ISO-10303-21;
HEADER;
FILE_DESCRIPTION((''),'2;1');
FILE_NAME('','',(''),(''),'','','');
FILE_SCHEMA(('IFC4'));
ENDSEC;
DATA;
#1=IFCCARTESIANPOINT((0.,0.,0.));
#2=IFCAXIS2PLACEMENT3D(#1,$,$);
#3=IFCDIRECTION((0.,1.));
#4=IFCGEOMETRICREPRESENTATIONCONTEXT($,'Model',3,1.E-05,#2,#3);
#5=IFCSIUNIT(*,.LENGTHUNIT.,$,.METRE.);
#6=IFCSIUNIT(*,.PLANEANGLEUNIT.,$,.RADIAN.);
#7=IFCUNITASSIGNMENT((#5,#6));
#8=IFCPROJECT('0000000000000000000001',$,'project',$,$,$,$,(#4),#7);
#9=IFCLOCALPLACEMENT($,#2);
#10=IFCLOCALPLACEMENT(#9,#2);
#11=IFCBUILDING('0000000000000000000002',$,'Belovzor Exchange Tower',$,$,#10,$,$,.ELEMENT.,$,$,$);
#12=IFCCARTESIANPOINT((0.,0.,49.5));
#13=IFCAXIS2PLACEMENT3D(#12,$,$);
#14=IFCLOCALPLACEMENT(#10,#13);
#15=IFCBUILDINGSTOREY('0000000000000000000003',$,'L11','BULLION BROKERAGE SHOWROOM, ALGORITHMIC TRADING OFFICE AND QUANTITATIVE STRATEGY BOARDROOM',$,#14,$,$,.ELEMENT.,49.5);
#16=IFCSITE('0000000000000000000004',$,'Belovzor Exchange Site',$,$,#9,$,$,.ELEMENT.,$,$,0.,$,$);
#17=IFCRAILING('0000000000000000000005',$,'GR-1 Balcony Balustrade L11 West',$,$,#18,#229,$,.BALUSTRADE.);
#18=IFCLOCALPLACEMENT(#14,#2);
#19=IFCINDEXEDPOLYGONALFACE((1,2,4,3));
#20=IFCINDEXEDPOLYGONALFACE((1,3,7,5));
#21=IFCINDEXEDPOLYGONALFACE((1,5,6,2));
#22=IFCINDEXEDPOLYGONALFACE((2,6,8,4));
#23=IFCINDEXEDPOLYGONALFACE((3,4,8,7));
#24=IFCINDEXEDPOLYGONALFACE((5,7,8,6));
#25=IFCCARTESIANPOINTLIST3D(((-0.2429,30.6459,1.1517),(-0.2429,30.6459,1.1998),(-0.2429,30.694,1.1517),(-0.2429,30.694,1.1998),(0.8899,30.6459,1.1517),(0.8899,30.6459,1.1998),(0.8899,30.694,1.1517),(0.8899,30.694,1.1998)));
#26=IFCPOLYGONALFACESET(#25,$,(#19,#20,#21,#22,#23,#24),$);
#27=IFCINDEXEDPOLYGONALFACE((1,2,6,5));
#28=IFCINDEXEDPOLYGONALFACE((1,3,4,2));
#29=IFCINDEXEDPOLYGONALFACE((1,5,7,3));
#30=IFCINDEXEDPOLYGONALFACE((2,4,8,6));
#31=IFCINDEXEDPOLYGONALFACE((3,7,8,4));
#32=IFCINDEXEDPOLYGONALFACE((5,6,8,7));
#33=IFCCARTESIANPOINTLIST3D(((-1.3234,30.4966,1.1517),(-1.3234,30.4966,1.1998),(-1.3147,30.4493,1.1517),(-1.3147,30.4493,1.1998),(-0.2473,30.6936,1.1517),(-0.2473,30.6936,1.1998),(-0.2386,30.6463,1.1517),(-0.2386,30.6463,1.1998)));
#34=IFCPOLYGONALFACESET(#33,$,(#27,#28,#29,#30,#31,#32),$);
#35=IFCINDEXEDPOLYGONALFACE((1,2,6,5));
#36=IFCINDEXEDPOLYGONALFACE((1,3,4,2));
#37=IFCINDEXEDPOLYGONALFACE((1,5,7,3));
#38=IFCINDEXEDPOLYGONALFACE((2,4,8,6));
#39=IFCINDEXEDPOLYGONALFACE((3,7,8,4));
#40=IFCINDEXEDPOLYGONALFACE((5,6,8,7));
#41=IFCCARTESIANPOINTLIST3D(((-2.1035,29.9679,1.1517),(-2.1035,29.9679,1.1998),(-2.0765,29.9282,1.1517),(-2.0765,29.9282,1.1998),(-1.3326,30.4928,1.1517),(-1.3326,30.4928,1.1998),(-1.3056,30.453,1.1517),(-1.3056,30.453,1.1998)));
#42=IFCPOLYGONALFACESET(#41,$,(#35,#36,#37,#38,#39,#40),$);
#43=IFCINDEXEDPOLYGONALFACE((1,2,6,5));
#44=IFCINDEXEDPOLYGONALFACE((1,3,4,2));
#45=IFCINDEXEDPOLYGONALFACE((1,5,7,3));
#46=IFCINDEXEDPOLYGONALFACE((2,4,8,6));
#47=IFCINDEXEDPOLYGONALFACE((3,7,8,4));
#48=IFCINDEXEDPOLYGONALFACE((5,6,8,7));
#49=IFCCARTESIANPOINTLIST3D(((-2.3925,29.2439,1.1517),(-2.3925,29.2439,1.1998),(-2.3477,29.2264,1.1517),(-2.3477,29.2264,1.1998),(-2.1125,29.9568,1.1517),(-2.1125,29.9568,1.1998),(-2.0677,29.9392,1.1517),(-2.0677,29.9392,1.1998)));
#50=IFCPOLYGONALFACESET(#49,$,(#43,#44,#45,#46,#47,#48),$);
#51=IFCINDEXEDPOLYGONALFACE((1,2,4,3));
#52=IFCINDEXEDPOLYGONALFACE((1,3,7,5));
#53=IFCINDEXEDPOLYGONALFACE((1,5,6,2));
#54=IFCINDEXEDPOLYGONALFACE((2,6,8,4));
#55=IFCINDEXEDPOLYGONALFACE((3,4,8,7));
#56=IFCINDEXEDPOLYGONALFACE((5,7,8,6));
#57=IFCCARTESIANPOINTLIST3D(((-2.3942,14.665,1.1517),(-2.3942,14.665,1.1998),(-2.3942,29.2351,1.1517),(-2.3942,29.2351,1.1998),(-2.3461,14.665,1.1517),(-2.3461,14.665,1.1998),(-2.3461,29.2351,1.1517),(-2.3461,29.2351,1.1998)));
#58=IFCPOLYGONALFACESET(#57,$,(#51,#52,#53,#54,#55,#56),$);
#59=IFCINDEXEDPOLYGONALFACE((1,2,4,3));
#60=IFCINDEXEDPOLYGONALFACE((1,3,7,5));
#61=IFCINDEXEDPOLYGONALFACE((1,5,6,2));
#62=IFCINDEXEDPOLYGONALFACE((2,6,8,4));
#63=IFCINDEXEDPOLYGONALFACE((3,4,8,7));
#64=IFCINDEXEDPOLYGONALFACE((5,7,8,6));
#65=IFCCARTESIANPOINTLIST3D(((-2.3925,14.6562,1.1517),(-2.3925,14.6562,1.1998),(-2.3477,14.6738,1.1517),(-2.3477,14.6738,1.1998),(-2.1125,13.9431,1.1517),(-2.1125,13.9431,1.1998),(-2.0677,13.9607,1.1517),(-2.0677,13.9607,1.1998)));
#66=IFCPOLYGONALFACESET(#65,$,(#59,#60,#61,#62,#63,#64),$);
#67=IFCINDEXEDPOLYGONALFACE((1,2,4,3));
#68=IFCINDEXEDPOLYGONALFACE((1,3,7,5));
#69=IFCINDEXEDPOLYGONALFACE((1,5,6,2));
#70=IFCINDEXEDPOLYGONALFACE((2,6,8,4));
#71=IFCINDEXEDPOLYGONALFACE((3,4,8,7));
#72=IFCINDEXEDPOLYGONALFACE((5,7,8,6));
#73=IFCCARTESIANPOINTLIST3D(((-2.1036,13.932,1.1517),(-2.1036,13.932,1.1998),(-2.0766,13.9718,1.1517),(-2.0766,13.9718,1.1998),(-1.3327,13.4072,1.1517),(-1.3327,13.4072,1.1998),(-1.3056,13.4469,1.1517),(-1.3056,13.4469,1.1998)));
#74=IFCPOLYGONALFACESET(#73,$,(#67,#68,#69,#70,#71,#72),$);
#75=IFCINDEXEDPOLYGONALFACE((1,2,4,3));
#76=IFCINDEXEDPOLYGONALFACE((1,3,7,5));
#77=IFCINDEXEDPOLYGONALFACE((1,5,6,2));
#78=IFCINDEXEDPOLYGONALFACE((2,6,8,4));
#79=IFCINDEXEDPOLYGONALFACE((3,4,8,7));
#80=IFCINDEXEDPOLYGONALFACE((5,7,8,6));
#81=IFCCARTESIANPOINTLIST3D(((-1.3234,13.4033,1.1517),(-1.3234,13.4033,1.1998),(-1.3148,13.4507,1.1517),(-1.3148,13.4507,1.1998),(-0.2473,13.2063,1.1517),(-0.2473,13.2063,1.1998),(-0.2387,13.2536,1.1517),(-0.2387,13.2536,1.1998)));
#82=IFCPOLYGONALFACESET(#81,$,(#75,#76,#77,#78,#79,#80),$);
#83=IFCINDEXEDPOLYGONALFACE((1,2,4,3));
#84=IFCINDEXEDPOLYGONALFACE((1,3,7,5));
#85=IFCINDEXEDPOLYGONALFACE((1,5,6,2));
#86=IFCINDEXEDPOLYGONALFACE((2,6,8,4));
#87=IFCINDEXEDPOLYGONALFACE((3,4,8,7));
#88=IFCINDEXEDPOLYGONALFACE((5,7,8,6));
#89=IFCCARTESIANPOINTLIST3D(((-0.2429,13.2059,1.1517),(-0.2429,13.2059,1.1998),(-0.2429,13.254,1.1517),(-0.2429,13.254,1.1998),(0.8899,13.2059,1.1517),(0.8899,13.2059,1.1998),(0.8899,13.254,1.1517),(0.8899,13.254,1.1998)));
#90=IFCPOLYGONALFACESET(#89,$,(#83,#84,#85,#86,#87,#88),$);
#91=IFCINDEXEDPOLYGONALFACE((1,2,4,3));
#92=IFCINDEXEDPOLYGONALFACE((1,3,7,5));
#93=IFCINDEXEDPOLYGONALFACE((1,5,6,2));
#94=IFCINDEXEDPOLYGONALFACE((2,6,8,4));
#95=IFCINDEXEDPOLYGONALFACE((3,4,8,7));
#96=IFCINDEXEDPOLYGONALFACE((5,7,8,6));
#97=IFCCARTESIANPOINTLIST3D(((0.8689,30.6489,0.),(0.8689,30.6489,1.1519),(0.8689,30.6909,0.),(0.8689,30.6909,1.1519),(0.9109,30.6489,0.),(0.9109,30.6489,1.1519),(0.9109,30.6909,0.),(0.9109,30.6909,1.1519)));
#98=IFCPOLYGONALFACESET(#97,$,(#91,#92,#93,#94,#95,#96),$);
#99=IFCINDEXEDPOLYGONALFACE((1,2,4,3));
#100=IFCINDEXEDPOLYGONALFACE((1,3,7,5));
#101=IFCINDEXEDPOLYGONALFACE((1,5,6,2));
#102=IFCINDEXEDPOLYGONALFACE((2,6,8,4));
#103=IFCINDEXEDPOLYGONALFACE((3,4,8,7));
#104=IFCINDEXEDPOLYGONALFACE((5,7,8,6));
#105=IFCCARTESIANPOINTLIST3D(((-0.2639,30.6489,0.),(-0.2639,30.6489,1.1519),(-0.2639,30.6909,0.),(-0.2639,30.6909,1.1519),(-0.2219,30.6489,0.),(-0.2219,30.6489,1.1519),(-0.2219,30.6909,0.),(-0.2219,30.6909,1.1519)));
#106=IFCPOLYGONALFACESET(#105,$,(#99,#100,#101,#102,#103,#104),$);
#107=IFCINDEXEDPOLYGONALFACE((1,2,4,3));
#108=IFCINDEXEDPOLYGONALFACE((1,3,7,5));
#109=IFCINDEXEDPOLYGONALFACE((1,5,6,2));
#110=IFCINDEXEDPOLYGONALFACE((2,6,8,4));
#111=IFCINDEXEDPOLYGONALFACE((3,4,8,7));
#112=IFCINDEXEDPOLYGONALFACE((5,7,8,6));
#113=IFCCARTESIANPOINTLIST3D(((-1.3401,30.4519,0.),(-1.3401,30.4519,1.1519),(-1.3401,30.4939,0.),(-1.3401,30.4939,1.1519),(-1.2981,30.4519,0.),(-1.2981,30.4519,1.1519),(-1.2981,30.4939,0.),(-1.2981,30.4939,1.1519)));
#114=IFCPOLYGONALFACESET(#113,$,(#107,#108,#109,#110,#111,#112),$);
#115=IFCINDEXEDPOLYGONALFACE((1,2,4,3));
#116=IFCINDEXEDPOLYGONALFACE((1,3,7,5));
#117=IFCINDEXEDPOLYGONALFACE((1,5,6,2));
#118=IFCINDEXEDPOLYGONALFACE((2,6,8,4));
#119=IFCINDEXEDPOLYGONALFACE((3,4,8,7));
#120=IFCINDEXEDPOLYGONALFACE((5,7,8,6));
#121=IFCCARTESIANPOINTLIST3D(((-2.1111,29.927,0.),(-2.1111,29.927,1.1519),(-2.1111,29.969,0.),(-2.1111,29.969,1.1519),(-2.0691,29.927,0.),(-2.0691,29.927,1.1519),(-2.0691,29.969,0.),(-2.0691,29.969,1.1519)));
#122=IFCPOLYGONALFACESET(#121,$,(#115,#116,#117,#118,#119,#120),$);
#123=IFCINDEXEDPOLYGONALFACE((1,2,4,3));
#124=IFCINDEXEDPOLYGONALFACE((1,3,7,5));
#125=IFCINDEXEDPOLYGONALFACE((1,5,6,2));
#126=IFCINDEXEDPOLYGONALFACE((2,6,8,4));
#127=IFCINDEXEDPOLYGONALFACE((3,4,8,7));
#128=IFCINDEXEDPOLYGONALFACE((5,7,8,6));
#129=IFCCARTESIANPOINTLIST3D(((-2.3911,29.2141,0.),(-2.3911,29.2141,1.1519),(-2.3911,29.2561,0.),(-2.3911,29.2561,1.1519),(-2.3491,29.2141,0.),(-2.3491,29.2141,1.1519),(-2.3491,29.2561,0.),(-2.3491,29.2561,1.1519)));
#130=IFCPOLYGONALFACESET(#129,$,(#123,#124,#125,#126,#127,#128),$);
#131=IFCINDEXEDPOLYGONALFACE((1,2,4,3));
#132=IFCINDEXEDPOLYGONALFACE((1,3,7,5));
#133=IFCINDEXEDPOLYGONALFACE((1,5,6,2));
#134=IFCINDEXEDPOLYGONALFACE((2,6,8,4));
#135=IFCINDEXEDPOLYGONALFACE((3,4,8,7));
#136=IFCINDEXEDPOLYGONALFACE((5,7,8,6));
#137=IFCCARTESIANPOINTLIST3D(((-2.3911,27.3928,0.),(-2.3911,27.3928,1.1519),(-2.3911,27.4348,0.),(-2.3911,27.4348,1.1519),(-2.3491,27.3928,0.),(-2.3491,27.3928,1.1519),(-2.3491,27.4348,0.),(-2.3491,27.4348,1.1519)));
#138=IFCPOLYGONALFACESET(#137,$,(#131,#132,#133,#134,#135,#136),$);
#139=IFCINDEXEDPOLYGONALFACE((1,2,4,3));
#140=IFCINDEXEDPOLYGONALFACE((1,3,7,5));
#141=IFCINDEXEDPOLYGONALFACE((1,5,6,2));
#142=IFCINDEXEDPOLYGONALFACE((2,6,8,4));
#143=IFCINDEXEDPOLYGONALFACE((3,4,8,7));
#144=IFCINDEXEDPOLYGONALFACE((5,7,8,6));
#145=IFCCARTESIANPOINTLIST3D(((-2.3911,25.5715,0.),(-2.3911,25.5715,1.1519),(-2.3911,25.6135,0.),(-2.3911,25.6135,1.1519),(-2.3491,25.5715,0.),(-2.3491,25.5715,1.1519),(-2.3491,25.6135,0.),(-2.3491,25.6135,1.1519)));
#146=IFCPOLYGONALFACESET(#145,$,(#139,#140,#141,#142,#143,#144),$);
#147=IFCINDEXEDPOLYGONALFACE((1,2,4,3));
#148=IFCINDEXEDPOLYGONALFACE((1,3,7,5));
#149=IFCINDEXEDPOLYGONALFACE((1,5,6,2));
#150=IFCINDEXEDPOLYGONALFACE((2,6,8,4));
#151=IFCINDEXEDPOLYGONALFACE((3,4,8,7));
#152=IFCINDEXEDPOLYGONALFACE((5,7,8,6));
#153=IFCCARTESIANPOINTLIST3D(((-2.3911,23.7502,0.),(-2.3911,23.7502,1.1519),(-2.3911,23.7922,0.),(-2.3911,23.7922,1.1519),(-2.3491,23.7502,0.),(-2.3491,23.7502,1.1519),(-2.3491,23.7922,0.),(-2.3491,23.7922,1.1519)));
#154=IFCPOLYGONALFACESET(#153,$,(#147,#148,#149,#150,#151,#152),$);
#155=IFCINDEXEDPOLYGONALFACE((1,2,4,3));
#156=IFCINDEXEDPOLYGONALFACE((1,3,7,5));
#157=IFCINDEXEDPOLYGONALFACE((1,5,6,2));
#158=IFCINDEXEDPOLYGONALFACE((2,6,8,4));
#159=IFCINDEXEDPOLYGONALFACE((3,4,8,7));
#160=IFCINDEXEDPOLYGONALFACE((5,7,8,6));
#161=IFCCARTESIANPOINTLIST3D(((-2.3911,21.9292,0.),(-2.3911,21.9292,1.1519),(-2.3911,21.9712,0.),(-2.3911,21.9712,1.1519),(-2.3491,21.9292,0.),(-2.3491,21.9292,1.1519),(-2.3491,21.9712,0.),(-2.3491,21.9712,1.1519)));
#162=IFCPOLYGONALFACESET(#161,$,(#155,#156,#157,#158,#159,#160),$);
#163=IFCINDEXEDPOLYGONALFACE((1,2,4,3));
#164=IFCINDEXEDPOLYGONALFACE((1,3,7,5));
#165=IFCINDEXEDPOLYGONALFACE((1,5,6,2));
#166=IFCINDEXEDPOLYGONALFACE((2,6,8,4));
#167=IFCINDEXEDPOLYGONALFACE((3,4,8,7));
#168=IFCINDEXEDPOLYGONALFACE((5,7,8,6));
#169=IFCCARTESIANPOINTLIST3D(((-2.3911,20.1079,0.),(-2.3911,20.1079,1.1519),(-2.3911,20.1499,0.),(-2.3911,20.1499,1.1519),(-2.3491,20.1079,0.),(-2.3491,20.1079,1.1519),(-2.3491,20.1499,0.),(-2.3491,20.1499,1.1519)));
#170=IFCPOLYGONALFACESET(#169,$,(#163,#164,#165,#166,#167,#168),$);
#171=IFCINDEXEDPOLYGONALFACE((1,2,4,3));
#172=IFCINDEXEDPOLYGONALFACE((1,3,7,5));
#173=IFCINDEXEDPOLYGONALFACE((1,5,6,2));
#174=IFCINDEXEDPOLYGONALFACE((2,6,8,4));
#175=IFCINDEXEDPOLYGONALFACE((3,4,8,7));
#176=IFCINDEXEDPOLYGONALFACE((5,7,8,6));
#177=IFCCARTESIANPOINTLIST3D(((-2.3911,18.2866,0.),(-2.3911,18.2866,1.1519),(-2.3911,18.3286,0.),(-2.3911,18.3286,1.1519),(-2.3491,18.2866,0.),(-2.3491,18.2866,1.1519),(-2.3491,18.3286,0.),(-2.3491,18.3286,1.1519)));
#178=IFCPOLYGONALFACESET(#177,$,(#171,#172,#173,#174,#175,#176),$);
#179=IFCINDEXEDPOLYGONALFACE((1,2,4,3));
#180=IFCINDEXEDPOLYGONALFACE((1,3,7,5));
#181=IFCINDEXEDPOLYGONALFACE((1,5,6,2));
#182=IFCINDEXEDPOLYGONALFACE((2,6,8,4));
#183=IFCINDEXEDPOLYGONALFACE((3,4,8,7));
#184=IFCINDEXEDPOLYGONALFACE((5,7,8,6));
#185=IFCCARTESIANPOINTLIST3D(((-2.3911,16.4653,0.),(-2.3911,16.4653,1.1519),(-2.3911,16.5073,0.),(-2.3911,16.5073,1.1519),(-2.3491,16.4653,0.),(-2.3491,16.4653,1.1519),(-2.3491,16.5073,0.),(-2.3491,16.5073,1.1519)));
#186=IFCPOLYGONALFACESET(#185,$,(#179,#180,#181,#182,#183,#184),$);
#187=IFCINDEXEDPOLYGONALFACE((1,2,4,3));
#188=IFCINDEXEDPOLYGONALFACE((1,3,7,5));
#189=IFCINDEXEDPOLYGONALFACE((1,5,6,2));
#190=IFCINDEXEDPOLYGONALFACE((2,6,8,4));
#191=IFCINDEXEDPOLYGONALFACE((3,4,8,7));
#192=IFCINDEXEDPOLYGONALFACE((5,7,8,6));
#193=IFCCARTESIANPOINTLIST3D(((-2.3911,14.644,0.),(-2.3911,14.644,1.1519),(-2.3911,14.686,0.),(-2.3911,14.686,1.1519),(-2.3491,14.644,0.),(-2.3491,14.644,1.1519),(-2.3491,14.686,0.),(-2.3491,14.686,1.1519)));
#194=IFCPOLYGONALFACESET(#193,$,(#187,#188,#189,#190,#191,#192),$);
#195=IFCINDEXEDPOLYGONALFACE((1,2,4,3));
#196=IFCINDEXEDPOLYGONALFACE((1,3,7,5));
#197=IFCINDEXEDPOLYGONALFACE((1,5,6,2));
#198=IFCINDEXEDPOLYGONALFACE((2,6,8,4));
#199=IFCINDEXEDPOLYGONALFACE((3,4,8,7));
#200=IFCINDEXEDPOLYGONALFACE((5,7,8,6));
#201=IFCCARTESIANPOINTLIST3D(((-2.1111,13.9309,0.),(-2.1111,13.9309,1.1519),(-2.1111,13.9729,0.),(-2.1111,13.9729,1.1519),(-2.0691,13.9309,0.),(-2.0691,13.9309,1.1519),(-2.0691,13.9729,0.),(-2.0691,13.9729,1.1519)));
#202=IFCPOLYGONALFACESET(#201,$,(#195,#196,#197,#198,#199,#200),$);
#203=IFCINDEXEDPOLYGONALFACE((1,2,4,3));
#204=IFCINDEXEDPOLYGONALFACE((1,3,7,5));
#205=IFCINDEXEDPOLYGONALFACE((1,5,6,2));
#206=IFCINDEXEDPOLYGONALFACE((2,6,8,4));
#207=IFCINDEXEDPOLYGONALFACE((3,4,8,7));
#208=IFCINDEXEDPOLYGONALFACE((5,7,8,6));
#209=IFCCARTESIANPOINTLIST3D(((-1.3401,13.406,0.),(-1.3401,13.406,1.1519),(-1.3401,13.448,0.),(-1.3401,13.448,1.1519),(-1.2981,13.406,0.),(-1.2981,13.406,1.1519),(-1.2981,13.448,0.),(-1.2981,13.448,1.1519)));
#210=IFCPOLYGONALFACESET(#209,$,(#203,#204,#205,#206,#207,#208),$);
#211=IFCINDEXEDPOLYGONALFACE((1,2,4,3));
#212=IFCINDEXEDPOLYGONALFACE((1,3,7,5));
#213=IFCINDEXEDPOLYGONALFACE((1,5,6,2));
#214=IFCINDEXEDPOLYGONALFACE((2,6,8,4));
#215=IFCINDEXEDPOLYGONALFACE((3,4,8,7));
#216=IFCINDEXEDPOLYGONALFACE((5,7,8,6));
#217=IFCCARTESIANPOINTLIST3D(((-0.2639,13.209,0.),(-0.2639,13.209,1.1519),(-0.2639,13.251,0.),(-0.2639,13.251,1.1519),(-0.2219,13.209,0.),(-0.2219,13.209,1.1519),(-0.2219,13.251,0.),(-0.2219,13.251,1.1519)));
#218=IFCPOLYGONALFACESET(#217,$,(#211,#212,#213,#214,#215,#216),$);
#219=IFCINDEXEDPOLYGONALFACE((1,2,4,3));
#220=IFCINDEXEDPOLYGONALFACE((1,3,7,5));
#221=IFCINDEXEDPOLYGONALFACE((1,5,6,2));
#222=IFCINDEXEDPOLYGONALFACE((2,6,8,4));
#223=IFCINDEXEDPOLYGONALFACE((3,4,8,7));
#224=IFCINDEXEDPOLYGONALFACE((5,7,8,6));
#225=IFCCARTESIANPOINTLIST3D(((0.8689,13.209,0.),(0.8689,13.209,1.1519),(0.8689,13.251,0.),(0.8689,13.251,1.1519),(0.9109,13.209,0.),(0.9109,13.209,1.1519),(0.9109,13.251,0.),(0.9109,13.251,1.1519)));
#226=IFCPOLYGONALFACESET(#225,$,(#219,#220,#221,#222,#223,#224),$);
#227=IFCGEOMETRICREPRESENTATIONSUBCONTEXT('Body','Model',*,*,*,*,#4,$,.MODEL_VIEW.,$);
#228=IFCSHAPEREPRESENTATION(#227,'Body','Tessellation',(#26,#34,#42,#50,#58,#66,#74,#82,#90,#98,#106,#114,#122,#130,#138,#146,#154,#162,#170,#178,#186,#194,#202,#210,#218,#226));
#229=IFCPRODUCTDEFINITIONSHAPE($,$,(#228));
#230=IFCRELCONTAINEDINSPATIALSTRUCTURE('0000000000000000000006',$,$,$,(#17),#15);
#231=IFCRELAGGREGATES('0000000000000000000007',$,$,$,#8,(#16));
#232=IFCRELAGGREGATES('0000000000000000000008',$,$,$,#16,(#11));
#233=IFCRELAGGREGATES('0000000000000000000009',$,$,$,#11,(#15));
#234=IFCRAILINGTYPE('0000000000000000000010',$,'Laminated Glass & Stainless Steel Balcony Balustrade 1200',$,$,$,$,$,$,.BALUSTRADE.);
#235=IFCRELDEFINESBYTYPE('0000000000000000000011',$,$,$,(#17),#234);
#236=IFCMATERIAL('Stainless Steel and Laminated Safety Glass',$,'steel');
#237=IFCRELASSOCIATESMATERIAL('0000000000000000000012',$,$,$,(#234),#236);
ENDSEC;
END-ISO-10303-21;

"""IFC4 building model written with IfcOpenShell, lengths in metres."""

from ifc_helpers import new_model, si_unit, direction, frame, origin, origin_2d, place, context, subcontext, project, spatial, rectangle, extrude, material, type_object, element, save


model = new_model("IFC4")

# Units and contexts
model_context = context("Model", 3, precision=1e-05, world=origin(), true_north=direction((0.0, 1.0)))
body_context = subcontext(model_context, "Body", "Model", "MODEL_VIEW")
ifc_project = project(units=[si_unit("LENGTHUNIT", "METRE"), si_unit("PLANEANGLEUNIT", "RADIAN")], contexts=[model_context])

# Site, building, storey
site_placement = place(None, origin())
site = spatial("IfcSite", under=ifc_project, at=site_placement, Name="Belovzor Exchange Site", CompositionType="ELEMENT", RefElevation=0.0)
building_placement = place(site_placement, origin())
building = spatial("IfcBuilding", under=site, at=building_placement, Name="Belovzor Exchange Tower", CompositionType="ELEMENT")
storey_placement = place(building_placement, frame((0.0, 0.0, 49.5)))
storey = spatial("IfcBuildingStorey", under=building, at=storey_placement, Name="L11", Description="BULLION BROKERAGE SHOWROOM, ALGORITHMIC TRADING OFFICE AND QUANTITATIVE STRATEGY BOARDROOM", CompositionType="ELEMENT", Elevation=49.5)

# Railing
ifc_material_1 = material(Name="Stainless Steel and Laminated Safety Glass", Category="steel")
railing_type = type_object("IfcRailingType", Name="Laminated Glass & Stainless Steel Balcony Balustrade 1200", PredefinedType="BALUSTRADE", material=ifc_material_1)
railing_placement = place(storey_placement, frame((0.8899, 30.6699, 0.0)))
element("IfcRailing", 1, at=railing_placement, inside=storey, type_object=railing_type, Name="GR-1 Balcony Balustrade L11 West", PredefinedType="BALUSTRADE", context=body_context, shape_type="SweptSolid", body=[
    extrude(rectangle(XDim=0.0481, YDim=0.0481, at=origin_2d()), frame((0.0, 0.0, 1.1758), z_axis=(-1.0, 0.0, 0.0), x_axis=(0.0, -1.0, 0.0)), (0.0, 0.0, 1.0), 1.1328),
    extrude(rectangle(XDim=0.0481, YDim=0.0481, at=origin_2d()), frame((-1.1328, 0.0, 1.1758), z_axis=(-0.983651, -0.180083, 0.0), x_axis=(0.180083, -0.983651, 0.0)), (0.0, 0.0, 1.0), 1.094),
    extrude(rectangle(XDim=0.0481, YDim=0.0481, at=origin_2d()), frame((-2.209, -0.197, 1.1758), z_axis=(-0.826615, -0.562768, 0.0), x_axis=(0.562768, -0.826615, 0.0)), (0.0, 0.0, 1.0), 0.9326),
    extrude(rectangle(XDim=0.0481, YDim=0.0481, at=origin_2d()), frame((-2.98, -0.7219, 1.1758), z_axis=(-0.365613, -0.930767, 0.0), x_axis=(0.930767, -0.365613, 0.0)), (0.0, 0.0, 1.0), 0.7659),
    extrude(rectangle(XDim=0.0481, YDim=0.0481, at=origin_2d()), frame((-3.26, -1.4348, 1.1758), z_axis=(0.0, -1.0, 0.0), x_axis=(1.0, 0.0, 0.0)), (0.0, 0.0, 1.0), 14.5701),
    extrude(rectangle(XDim=0.0481, YDim=0.0481, at=origin_2d()), frame((-3.26, -16.0049, 1.1758), z_axis=(0.365504, -0.93081, 0.0), x_axis=(0.93081, 0.365504, 0.0)), (0.0, 0.0, 1.0), 0.7661),
    extrude(rectangle(XDim=0.0481, YDim=0.0481, at=origin_2d()), frame((-2.98, -16.718, 1.1758), z_axis=(0.826615, -0.562768, 0.0), x_axis=(0.562768, 0.826615, 0.0)), (0.0, 0.0, 1.0), 0.9326),
    extrude(rectangle(XDim=0.0481, YDim=0.0481, at=origin_2d()), frame((-2.209, -17.2429, 1.1758), z_axis=(0.983651, -0.180083, 0.0), x_axis=(0.180083, 0.983651, 0.0)), (0.0, 0.0, 1.0), 1.094),
    extrude(rectangle(XDim=0.0481, YDim=0.0481, at=origin_2d()), frame((-1.1328, -17.4399, 1.1758), z_axis=(1.0, 0.0, 0.0), x_axis=(0.0, 1.0, 0.0)), (0.0, 0.0, 1.0), 1.1328),
    extrude(rectangle(XDim=0.042, YDim=0.042, at=origin_2d()), origin(), (0.0, 0.0, 1.0), 1.1519),
    extrude(rectangle(XDim=0.042, YDim=0.042, at=origin_2d()), frame((-1.1328, 0.0, 0.0)), (0.0, 0.0, 1.0), 1.1519),
    extrude(rectangle(XDim=0.042, YDim=0.042, at=origin_2d()), frame((-2.209, -0.197, 0.0)), (0.0, 0.0, 1.0), 1.1519),
    extrude(rectangle(XDim=0.042, YDim=0.042, at=origin_2d()), frame((-2.98, -0.7219, 0.0)), (0.0, 0.0, 1.0), 1.1519),
    extrude(rectangle(XDim=0.042, YDim=0.042, at=origin_2d()), frame((-3.26, -1.4348, 0.0)), (0.0, 0.0, 1.0), 1.1519),
    extrude(rectangle(XDim=0.042, YDim=0.042, at=origin_2d()), frame((-3.26, -3.2561, 0.0)), (0.0, 0.0, 1.0), 1.1519),
    extrude(rectangle(XDim=0.042, YDim=0.042, at=origin_2d()), frame((-3.26, -5.0774, 0.0)), (0.0, 0.0, 1.0), 1.1519),
    extrude(rectangle(XDim=0.042, YDim=0.042, at=origin_2d()), frame((-3.26, -6.8987, 0.0)), (0.0, 0.0, 1.0), 1.1519),
    extrude(rectangle(XDim=0.042, YDim=0.042, at=origin_2d()), frame((-3.26, -8.7197, 0.0)), (0.0, 0.0, 1.0), 1.1519),
    extrude(rectangle(XDim=0.042, YDim=0.042, at=origin_2d()), frame((-3.26, -10.541, 0.0)), (0.0, 0.0, 1.0), 1.1519),
    extrude(rectangle(XDim=0.042, YDim=0.042, at=origin_2d()), frame((-3.26, -12.3623, 0.0)), (0.0, 0.0, 1.0), 1.1519),
    extrude(rectangle(XDim=0.042, YDim=0.042, at=origin_2d()), frame((-3.26, -14.1836, 0.0)), (0.0, 0.0, 1.0), 1.1519),
    extrude(rectangle(XDim=0.042, YDim=0.042, at=origin_2d()), frame((-3.26, -16.0049, 0.0)), (0.0, 0.0, 1.0), 1.1519),
    extrude(rectangle(XDim=0.042, YDim=0.042, at=origin_2d()), frame((-2.98, -16.718, 0.0)), (0.0, 0.0, 1.0), 1.1519),
    extrude(rectangle(XDim=0.042, YDim=0.042, at=origin_2d()), frame((-2.209, -17.2429, 0.0)), (0.0, 0.0, 1.0), 1.1519),
    extrude(rectangle(XDim=0.042, YDim=0.042, at=origin_2d()), frame((-1.1328, -17.4399, 0.0)), (0.0, 0.0, 1.0), 1.1519),
    extrude(rectangle(XDim=0.042, YDim=0.042, at=origin_2d()), frame((0.0, -17.4399, 0.0)), (0.0, 0.0, 1.0), 1.1519),
])

save(model, "model.ifc")
